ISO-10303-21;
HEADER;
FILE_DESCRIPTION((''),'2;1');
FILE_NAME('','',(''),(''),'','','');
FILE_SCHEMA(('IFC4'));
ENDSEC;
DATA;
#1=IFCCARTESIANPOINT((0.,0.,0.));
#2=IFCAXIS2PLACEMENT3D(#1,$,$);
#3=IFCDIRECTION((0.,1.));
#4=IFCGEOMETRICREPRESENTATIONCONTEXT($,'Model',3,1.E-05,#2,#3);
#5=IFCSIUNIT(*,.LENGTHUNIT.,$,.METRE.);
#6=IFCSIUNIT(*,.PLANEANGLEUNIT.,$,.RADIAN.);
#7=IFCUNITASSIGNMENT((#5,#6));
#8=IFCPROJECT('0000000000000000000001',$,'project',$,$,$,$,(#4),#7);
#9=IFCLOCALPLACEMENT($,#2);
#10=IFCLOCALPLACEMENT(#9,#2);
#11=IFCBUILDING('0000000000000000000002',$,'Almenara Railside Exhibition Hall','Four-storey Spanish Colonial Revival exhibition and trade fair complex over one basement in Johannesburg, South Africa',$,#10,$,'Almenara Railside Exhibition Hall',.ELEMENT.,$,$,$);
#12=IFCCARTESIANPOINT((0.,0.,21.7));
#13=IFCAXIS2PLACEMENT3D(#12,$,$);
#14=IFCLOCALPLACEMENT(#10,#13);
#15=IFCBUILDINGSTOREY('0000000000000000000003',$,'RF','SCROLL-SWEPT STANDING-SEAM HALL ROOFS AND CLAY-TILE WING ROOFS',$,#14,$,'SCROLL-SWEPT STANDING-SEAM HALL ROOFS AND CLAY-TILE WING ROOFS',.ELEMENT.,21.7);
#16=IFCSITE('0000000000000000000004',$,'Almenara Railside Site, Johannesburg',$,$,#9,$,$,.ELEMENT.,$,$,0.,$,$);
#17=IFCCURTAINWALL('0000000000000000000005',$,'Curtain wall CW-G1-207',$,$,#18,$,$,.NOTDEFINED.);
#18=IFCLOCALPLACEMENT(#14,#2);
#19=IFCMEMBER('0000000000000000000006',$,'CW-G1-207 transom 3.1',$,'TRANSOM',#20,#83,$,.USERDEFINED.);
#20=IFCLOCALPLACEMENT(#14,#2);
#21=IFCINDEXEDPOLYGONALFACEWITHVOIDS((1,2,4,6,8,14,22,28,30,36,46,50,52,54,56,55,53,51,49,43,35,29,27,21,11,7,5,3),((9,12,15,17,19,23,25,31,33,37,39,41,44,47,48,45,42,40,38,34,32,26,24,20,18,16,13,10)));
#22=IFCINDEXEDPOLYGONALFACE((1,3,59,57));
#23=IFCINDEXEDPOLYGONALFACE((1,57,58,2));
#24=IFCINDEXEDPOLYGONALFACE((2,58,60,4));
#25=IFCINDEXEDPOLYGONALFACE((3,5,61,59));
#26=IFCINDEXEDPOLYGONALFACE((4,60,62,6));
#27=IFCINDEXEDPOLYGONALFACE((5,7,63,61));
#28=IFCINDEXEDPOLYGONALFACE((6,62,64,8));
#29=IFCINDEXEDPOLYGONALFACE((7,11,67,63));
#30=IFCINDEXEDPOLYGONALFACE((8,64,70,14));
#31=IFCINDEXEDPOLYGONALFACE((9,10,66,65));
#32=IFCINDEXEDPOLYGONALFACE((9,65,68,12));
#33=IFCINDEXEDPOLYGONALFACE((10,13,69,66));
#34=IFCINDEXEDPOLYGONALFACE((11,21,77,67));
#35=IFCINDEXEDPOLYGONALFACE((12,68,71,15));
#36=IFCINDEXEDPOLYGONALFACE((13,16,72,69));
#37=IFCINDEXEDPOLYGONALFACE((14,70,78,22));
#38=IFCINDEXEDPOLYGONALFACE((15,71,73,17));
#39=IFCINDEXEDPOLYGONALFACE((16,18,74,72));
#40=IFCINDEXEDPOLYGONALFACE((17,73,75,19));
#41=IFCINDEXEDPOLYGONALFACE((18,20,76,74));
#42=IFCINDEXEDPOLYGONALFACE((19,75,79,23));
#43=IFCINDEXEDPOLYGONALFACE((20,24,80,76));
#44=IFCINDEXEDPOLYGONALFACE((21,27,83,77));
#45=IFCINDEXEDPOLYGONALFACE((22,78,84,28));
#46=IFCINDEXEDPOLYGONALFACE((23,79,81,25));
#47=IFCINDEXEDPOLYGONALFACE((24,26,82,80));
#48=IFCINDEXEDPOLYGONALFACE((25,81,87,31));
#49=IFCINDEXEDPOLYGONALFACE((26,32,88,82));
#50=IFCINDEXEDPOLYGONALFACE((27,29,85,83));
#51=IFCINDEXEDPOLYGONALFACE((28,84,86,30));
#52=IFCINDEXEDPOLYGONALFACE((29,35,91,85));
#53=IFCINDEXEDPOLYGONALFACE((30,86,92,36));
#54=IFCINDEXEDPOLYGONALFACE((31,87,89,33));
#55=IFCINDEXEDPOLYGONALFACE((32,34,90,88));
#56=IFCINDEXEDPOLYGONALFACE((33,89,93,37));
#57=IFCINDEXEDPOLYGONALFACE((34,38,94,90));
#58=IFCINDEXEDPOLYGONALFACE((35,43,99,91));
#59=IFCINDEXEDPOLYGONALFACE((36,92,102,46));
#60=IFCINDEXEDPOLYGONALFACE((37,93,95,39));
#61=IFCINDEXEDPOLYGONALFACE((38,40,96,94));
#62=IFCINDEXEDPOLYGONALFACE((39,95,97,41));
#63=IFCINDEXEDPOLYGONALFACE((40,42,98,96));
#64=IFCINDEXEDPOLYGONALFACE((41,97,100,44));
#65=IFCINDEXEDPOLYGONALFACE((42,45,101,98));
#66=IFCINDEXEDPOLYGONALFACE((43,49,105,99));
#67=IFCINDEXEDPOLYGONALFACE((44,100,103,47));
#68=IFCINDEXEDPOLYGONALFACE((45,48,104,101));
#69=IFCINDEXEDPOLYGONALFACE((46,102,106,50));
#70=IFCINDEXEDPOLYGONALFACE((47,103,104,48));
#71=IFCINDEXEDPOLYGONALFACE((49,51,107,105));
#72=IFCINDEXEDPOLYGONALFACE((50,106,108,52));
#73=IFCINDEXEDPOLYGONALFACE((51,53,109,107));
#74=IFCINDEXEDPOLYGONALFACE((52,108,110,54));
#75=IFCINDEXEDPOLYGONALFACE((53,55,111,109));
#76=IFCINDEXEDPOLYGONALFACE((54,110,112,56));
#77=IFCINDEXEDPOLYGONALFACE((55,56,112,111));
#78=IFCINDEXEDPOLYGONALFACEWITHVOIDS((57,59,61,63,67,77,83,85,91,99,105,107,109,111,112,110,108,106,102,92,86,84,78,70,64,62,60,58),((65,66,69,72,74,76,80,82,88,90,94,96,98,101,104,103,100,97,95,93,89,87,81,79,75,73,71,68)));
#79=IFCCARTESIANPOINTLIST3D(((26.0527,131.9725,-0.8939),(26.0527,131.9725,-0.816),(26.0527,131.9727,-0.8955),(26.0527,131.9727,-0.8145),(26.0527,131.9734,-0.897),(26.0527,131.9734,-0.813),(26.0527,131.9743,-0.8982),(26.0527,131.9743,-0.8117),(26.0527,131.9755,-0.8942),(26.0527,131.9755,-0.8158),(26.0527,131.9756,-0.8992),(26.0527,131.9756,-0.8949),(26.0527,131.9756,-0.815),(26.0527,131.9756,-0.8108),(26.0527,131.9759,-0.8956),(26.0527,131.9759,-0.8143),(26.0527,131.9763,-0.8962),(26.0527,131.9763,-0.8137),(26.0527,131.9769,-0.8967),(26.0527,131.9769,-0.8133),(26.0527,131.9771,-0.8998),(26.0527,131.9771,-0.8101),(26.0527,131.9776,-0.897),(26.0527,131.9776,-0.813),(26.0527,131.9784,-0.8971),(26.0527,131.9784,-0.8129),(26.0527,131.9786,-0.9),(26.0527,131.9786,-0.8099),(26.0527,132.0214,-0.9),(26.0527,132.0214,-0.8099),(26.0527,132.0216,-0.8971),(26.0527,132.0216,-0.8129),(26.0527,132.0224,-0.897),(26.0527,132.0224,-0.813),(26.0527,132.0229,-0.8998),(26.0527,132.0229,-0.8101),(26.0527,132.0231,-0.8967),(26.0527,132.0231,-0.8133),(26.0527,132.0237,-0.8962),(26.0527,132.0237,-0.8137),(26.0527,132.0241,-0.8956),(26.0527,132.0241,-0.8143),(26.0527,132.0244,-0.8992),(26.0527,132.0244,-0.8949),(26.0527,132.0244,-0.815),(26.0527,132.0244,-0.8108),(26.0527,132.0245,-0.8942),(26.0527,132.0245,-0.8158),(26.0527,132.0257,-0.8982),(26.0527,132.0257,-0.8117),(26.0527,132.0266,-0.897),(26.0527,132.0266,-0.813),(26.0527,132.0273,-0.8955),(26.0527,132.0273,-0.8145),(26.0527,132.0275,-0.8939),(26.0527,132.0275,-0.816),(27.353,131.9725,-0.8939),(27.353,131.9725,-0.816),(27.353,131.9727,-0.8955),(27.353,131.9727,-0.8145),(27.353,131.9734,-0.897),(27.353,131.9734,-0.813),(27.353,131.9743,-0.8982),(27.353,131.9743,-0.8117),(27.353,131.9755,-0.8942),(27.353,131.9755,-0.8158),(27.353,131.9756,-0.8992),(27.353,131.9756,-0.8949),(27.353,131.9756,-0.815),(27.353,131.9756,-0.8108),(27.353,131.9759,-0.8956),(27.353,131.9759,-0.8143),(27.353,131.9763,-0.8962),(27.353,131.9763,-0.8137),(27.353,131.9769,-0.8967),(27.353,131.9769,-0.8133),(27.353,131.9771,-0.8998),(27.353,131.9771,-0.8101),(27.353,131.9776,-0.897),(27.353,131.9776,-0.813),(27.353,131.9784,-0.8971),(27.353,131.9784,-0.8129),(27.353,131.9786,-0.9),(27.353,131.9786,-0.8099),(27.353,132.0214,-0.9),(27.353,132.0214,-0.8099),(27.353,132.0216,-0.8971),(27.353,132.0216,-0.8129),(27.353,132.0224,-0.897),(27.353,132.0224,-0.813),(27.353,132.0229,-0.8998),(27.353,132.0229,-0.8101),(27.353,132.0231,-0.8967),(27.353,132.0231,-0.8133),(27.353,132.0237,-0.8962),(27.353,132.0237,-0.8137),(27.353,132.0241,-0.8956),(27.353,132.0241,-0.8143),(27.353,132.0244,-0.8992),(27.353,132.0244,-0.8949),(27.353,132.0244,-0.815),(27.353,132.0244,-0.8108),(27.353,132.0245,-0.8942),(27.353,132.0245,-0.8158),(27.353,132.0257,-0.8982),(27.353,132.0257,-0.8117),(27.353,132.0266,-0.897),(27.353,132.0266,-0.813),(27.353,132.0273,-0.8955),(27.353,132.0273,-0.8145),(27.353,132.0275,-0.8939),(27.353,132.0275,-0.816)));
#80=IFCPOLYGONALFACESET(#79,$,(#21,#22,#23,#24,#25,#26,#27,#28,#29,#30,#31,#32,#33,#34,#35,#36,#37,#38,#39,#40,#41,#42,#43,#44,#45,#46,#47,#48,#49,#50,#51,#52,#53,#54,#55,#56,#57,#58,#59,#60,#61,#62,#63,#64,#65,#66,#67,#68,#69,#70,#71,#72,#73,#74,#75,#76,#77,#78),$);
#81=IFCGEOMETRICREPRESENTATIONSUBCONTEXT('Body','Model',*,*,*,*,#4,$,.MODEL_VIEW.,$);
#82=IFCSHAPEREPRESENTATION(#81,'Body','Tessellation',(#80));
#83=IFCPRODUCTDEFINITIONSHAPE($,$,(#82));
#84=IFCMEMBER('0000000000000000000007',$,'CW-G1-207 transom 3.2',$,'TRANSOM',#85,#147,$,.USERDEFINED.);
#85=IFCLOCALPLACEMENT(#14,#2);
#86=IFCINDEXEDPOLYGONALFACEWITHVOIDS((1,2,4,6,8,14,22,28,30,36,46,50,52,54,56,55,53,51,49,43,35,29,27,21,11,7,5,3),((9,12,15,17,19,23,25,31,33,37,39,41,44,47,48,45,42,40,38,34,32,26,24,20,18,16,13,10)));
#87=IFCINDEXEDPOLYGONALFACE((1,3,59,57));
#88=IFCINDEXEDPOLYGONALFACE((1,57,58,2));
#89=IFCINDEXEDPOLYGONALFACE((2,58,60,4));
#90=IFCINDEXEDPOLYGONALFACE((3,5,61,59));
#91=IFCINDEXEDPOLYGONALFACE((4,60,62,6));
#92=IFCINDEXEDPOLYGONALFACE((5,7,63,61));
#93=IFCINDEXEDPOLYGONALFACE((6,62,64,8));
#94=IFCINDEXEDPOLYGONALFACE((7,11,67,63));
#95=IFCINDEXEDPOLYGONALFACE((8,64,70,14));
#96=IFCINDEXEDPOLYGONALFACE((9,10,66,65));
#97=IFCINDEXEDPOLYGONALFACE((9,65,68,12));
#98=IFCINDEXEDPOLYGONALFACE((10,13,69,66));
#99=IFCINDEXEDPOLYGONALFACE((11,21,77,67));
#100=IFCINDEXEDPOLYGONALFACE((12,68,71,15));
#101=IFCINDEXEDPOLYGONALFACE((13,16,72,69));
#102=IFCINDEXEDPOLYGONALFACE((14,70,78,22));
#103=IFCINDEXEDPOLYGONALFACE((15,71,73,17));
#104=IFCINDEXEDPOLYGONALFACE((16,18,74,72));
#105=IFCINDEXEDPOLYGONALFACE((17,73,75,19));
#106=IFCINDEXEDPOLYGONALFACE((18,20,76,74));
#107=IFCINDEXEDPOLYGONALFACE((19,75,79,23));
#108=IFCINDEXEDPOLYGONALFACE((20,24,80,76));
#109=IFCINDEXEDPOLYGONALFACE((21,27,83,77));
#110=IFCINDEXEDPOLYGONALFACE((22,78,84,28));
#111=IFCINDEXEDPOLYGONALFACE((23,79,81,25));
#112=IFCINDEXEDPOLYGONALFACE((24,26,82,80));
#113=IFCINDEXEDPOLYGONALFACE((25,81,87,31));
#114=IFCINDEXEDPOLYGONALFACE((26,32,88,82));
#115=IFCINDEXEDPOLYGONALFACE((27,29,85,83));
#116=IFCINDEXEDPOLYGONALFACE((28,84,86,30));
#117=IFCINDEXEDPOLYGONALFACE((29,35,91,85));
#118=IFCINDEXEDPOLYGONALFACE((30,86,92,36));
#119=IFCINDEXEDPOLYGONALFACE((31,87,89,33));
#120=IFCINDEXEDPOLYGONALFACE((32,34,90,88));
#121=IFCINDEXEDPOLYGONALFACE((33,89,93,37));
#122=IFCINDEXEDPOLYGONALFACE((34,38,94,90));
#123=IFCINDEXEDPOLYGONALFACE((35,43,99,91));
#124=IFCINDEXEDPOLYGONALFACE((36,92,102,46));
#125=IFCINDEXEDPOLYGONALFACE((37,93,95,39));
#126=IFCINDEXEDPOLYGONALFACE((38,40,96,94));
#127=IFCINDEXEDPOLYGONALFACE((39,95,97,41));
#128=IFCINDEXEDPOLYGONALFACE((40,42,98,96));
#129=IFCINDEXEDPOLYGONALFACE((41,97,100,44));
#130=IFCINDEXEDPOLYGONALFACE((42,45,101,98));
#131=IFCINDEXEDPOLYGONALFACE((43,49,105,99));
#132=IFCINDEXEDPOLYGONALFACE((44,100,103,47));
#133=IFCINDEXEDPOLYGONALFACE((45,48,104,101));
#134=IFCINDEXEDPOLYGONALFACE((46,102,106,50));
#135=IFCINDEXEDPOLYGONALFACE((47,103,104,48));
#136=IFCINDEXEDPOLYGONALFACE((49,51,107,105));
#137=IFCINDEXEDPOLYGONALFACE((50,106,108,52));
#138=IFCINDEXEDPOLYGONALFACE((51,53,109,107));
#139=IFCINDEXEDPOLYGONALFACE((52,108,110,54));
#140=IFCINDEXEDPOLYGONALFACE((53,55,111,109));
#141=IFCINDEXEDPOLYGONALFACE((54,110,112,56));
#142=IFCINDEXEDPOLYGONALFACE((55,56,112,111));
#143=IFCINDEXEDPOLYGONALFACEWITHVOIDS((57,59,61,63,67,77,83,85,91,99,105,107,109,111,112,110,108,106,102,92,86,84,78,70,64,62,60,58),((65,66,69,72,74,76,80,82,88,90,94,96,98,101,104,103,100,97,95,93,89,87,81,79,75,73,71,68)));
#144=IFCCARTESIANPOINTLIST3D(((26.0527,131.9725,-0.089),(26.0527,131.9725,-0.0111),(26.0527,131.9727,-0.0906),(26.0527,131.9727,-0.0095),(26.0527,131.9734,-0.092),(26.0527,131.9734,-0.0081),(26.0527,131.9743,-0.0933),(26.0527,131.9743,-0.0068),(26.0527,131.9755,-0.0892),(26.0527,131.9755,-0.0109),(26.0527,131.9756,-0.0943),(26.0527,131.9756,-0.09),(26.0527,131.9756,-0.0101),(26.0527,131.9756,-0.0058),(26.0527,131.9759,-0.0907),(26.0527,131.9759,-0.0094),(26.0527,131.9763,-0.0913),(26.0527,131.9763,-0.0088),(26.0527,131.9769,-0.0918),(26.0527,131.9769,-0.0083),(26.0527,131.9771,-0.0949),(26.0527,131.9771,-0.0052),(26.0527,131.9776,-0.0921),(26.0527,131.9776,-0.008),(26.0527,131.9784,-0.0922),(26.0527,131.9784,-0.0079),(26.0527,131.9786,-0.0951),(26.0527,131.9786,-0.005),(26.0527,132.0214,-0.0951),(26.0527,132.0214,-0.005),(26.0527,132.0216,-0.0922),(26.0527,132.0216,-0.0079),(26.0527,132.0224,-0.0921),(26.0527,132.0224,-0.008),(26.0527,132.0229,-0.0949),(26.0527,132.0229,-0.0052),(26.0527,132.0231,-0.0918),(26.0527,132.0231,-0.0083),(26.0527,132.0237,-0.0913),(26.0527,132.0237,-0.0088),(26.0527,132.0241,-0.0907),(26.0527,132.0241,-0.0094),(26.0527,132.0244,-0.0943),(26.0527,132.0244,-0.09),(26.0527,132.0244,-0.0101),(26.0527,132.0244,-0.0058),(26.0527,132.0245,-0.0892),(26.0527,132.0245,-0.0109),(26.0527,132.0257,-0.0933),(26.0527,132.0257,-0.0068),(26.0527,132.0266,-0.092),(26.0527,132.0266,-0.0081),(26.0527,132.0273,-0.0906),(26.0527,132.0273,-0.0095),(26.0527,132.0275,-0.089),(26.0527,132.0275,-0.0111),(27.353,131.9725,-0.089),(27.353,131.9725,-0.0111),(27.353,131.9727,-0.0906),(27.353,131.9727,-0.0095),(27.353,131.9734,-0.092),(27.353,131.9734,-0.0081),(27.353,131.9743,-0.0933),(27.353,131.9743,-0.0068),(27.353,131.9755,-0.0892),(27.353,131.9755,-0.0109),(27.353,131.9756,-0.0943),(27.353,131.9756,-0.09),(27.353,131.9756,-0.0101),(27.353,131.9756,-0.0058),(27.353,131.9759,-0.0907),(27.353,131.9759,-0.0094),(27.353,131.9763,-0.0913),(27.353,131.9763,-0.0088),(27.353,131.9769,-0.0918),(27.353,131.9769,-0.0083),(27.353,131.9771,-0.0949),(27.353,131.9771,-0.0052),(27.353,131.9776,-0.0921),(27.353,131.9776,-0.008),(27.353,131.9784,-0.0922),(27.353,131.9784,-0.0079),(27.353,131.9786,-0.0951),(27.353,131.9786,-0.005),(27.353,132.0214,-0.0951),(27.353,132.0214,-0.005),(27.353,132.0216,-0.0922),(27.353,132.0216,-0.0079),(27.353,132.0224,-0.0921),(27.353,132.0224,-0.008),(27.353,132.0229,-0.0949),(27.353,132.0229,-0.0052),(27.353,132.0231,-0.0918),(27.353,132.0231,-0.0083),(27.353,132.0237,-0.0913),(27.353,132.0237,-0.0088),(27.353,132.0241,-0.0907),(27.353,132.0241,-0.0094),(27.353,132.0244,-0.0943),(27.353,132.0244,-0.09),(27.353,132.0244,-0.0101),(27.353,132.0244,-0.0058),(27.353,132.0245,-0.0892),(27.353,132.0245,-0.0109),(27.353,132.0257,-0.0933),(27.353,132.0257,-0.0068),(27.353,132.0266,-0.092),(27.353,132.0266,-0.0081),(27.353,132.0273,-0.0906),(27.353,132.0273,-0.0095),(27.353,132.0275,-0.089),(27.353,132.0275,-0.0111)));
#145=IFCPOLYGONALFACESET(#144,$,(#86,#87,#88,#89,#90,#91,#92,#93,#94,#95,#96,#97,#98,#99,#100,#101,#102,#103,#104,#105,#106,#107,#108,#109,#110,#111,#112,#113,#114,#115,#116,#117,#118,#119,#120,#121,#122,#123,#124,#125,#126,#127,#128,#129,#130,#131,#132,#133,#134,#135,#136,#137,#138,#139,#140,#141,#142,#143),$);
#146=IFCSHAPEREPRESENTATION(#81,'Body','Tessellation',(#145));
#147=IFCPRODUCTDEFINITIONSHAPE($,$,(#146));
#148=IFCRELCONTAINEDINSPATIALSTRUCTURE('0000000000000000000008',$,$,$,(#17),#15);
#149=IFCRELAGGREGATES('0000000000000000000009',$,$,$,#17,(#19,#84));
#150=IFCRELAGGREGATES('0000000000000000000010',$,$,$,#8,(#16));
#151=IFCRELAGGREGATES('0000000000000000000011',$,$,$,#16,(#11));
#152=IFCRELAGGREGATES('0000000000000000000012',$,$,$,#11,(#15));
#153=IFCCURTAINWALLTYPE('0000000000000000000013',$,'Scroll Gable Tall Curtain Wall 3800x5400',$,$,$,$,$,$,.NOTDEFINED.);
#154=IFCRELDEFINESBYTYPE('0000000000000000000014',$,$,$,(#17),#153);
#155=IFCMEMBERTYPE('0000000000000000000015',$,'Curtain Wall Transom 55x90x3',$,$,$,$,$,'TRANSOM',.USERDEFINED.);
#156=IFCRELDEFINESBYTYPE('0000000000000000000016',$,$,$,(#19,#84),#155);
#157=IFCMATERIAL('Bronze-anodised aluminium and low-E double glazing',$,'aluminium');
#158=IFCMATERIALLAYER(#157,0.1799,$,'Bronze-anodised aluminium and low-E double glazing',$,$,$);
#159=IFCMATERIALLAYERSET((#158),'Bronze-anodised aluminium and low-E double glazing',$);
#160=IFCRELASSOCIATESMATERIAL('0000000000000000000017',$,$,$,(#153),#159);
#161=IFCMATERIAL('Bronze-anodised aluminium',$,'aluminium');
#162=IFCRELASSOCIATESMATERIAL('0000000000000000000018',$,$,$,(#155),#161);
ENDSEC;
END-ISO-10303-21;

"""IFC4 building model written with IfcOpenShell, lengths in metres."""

from ifc_helpers import new_model, si_unit, direction, frame, origin, origin_2d, place, context, subcontext, project, spatial, hollow_rectangle, extrude, material, layer, layer_set, material_profile, profile_set, type_object, element, aggregate, save


model = new_model("IFC4")

# Units and contexts
model_context = context("Model", 3, precision=1e-05, world=origin(), true_north=direction((0.0, 1.0)))
body_context = subcontext(model_context, "Body", "Model", "MODEL_VIEW")
ifc_project = project(units=[si_unit("LENGTHUNIT", "METRE"), si_unit("PLANEANGLEUNIT", "RADIAN")], contexts=[model_context])

# Site, building, storey
site_placement = place(None, origin())
site = spatial("IfcSite", under=ifc_project, at=site_placement, Name="Almenara Railside Site, Johannesburg", CompositionType="ELEMENT", RefElevation=0.0)
building_placement = place(site_placement, origin())
building = spatial("IfcBuilding", under=site, at=building_placement, Name="Almenara Railside Exhibition Hall", Description="Four-storey Spanish Colonial Revival exhibition and trade fair complex over one basement in Johannesburg, South Africa", LongName="Almenara Railside Exhibition Hall", CompositionType="ELEMENT")
storey_placement = place(building_placement, frame((0.0, 0.0, 21.7)))
storey = spatial("IfcBuildingStorey", under=building, at=storey_placement, Name="RF", Description="SCROLL-SWEPT STANDING-SEAM HALL ROOFS AND CLAY-TILE WING ROOFS", LongName="SCROLL-SWEPT STANDING-SEAM HALL ROOFS AND CLAY-TILE WING ROOFS", CompositionType="ELEMENT", Elevation=21.7)

# Curtain wall
ifc_material_1 = material(Name="Bronze-anodised aluminium and low-E double glazing", Category="aluminium")
ifc_layer_1 = layer(ifc_material_1, 0.1799, Name="Bronze-anodised aluminium and low-E double glazing")
ifc_layer_set_1 = layer_set([ifc_layer_1], Name="Bronze-anodised aluminium and low-E double glazing")
curtain_wall_type = type_object("IfcCurtainWallType", Name="Scroll Gable Tall Curtain Wall 3800x5400", PredefinedType="NOTDEFINED", material=ifc_layer_set_1)
curtain_wall_1_placement = place(storey_placement, origin())
curtain_wall_1 = element("IfcCurtainWall", 1, at=curtain_wall_1_placement, inside=storey, type_object=curtain_wall_type, Name="Curtain wall CW-G1-207", PredefinedType="NOTDEFINED")
ifc_material_2 = material(Name="Bronze-anodised aluminium", Category="aluminium")

# Members
ifc_material_profile_1 = material_profile(ifc_material_2, hollow_rectangle(XDim=0.0549, YDim=0.0901, WallThickness=0.0029, InnerFilletRadius=0.0029, OuterFilletRadius=0.0061, at=origin_2d()), Name="ALU-TRN 55x90x3")
ifc_profile_set_1 = profile_set([ifc_material_profile_1], Name="Bronze-anodised aluminium")
member_type_1 = type_object("IfcMemberType", Name="Curtain Wall Transom 55x90x3", ElementType="TRANSOM", PredefinedType="USERDEFINED", material=ifc_profile_set_1)
member_1_placement = place(storey_placement, frame((26.0527, 132.0, -0.855), z_axis=(1.0, 0.0, 0.0), x_axis=(0.0, 1.0, 0.0)))
member_1 = element("IfcMember", 2, at=member_1_placement, type_object=member_type_1, Name="CW-G1-207 transom 3.1", ObjectType="TRANSOM", PredefinedType="USERDEFINED", context=body_context, shape_type="SweptSolid", body=[
    extrude(hollow_rectangle(XDim=0.0549, YDim=0.0901, WallThickness=0.0029, InnerFilletRadius=0.0029, OuterFilletRadius=0.0061, at=origin_2d()), origin(), (0.0, 0.0, 1.0), 1.3003),
])
member_2_placement = place(storey_placement, frame((26.0527, 132.0, -0.05), z_axis=(1.0, 0.0, 0.0), x_axis=(0.0, 1.0, 0.0)))
member_2 = element("IfcMember", 3, at=member_2_placement, type_object=member_type_1, Name="CW-G1-207 transom 3.2", ObjectType="TRANSOM", PredefinedType="USERDEFINED", context=body_context, shape_type="SweptSolid", body=[
    extrude(hollow_rectangle(XDim=0.0549, YDim=0.0901, WallThickness=0.0029, InnerFilletRadius=0.0029, OuterFilletRadius=0.0061, at=origin_2d()), origin(), (0.0, 0.0, 1.0), 1.3003),
])

aggregate(curtain_wall_1, [member_1, member_2])

save(model, "model.ifc")
